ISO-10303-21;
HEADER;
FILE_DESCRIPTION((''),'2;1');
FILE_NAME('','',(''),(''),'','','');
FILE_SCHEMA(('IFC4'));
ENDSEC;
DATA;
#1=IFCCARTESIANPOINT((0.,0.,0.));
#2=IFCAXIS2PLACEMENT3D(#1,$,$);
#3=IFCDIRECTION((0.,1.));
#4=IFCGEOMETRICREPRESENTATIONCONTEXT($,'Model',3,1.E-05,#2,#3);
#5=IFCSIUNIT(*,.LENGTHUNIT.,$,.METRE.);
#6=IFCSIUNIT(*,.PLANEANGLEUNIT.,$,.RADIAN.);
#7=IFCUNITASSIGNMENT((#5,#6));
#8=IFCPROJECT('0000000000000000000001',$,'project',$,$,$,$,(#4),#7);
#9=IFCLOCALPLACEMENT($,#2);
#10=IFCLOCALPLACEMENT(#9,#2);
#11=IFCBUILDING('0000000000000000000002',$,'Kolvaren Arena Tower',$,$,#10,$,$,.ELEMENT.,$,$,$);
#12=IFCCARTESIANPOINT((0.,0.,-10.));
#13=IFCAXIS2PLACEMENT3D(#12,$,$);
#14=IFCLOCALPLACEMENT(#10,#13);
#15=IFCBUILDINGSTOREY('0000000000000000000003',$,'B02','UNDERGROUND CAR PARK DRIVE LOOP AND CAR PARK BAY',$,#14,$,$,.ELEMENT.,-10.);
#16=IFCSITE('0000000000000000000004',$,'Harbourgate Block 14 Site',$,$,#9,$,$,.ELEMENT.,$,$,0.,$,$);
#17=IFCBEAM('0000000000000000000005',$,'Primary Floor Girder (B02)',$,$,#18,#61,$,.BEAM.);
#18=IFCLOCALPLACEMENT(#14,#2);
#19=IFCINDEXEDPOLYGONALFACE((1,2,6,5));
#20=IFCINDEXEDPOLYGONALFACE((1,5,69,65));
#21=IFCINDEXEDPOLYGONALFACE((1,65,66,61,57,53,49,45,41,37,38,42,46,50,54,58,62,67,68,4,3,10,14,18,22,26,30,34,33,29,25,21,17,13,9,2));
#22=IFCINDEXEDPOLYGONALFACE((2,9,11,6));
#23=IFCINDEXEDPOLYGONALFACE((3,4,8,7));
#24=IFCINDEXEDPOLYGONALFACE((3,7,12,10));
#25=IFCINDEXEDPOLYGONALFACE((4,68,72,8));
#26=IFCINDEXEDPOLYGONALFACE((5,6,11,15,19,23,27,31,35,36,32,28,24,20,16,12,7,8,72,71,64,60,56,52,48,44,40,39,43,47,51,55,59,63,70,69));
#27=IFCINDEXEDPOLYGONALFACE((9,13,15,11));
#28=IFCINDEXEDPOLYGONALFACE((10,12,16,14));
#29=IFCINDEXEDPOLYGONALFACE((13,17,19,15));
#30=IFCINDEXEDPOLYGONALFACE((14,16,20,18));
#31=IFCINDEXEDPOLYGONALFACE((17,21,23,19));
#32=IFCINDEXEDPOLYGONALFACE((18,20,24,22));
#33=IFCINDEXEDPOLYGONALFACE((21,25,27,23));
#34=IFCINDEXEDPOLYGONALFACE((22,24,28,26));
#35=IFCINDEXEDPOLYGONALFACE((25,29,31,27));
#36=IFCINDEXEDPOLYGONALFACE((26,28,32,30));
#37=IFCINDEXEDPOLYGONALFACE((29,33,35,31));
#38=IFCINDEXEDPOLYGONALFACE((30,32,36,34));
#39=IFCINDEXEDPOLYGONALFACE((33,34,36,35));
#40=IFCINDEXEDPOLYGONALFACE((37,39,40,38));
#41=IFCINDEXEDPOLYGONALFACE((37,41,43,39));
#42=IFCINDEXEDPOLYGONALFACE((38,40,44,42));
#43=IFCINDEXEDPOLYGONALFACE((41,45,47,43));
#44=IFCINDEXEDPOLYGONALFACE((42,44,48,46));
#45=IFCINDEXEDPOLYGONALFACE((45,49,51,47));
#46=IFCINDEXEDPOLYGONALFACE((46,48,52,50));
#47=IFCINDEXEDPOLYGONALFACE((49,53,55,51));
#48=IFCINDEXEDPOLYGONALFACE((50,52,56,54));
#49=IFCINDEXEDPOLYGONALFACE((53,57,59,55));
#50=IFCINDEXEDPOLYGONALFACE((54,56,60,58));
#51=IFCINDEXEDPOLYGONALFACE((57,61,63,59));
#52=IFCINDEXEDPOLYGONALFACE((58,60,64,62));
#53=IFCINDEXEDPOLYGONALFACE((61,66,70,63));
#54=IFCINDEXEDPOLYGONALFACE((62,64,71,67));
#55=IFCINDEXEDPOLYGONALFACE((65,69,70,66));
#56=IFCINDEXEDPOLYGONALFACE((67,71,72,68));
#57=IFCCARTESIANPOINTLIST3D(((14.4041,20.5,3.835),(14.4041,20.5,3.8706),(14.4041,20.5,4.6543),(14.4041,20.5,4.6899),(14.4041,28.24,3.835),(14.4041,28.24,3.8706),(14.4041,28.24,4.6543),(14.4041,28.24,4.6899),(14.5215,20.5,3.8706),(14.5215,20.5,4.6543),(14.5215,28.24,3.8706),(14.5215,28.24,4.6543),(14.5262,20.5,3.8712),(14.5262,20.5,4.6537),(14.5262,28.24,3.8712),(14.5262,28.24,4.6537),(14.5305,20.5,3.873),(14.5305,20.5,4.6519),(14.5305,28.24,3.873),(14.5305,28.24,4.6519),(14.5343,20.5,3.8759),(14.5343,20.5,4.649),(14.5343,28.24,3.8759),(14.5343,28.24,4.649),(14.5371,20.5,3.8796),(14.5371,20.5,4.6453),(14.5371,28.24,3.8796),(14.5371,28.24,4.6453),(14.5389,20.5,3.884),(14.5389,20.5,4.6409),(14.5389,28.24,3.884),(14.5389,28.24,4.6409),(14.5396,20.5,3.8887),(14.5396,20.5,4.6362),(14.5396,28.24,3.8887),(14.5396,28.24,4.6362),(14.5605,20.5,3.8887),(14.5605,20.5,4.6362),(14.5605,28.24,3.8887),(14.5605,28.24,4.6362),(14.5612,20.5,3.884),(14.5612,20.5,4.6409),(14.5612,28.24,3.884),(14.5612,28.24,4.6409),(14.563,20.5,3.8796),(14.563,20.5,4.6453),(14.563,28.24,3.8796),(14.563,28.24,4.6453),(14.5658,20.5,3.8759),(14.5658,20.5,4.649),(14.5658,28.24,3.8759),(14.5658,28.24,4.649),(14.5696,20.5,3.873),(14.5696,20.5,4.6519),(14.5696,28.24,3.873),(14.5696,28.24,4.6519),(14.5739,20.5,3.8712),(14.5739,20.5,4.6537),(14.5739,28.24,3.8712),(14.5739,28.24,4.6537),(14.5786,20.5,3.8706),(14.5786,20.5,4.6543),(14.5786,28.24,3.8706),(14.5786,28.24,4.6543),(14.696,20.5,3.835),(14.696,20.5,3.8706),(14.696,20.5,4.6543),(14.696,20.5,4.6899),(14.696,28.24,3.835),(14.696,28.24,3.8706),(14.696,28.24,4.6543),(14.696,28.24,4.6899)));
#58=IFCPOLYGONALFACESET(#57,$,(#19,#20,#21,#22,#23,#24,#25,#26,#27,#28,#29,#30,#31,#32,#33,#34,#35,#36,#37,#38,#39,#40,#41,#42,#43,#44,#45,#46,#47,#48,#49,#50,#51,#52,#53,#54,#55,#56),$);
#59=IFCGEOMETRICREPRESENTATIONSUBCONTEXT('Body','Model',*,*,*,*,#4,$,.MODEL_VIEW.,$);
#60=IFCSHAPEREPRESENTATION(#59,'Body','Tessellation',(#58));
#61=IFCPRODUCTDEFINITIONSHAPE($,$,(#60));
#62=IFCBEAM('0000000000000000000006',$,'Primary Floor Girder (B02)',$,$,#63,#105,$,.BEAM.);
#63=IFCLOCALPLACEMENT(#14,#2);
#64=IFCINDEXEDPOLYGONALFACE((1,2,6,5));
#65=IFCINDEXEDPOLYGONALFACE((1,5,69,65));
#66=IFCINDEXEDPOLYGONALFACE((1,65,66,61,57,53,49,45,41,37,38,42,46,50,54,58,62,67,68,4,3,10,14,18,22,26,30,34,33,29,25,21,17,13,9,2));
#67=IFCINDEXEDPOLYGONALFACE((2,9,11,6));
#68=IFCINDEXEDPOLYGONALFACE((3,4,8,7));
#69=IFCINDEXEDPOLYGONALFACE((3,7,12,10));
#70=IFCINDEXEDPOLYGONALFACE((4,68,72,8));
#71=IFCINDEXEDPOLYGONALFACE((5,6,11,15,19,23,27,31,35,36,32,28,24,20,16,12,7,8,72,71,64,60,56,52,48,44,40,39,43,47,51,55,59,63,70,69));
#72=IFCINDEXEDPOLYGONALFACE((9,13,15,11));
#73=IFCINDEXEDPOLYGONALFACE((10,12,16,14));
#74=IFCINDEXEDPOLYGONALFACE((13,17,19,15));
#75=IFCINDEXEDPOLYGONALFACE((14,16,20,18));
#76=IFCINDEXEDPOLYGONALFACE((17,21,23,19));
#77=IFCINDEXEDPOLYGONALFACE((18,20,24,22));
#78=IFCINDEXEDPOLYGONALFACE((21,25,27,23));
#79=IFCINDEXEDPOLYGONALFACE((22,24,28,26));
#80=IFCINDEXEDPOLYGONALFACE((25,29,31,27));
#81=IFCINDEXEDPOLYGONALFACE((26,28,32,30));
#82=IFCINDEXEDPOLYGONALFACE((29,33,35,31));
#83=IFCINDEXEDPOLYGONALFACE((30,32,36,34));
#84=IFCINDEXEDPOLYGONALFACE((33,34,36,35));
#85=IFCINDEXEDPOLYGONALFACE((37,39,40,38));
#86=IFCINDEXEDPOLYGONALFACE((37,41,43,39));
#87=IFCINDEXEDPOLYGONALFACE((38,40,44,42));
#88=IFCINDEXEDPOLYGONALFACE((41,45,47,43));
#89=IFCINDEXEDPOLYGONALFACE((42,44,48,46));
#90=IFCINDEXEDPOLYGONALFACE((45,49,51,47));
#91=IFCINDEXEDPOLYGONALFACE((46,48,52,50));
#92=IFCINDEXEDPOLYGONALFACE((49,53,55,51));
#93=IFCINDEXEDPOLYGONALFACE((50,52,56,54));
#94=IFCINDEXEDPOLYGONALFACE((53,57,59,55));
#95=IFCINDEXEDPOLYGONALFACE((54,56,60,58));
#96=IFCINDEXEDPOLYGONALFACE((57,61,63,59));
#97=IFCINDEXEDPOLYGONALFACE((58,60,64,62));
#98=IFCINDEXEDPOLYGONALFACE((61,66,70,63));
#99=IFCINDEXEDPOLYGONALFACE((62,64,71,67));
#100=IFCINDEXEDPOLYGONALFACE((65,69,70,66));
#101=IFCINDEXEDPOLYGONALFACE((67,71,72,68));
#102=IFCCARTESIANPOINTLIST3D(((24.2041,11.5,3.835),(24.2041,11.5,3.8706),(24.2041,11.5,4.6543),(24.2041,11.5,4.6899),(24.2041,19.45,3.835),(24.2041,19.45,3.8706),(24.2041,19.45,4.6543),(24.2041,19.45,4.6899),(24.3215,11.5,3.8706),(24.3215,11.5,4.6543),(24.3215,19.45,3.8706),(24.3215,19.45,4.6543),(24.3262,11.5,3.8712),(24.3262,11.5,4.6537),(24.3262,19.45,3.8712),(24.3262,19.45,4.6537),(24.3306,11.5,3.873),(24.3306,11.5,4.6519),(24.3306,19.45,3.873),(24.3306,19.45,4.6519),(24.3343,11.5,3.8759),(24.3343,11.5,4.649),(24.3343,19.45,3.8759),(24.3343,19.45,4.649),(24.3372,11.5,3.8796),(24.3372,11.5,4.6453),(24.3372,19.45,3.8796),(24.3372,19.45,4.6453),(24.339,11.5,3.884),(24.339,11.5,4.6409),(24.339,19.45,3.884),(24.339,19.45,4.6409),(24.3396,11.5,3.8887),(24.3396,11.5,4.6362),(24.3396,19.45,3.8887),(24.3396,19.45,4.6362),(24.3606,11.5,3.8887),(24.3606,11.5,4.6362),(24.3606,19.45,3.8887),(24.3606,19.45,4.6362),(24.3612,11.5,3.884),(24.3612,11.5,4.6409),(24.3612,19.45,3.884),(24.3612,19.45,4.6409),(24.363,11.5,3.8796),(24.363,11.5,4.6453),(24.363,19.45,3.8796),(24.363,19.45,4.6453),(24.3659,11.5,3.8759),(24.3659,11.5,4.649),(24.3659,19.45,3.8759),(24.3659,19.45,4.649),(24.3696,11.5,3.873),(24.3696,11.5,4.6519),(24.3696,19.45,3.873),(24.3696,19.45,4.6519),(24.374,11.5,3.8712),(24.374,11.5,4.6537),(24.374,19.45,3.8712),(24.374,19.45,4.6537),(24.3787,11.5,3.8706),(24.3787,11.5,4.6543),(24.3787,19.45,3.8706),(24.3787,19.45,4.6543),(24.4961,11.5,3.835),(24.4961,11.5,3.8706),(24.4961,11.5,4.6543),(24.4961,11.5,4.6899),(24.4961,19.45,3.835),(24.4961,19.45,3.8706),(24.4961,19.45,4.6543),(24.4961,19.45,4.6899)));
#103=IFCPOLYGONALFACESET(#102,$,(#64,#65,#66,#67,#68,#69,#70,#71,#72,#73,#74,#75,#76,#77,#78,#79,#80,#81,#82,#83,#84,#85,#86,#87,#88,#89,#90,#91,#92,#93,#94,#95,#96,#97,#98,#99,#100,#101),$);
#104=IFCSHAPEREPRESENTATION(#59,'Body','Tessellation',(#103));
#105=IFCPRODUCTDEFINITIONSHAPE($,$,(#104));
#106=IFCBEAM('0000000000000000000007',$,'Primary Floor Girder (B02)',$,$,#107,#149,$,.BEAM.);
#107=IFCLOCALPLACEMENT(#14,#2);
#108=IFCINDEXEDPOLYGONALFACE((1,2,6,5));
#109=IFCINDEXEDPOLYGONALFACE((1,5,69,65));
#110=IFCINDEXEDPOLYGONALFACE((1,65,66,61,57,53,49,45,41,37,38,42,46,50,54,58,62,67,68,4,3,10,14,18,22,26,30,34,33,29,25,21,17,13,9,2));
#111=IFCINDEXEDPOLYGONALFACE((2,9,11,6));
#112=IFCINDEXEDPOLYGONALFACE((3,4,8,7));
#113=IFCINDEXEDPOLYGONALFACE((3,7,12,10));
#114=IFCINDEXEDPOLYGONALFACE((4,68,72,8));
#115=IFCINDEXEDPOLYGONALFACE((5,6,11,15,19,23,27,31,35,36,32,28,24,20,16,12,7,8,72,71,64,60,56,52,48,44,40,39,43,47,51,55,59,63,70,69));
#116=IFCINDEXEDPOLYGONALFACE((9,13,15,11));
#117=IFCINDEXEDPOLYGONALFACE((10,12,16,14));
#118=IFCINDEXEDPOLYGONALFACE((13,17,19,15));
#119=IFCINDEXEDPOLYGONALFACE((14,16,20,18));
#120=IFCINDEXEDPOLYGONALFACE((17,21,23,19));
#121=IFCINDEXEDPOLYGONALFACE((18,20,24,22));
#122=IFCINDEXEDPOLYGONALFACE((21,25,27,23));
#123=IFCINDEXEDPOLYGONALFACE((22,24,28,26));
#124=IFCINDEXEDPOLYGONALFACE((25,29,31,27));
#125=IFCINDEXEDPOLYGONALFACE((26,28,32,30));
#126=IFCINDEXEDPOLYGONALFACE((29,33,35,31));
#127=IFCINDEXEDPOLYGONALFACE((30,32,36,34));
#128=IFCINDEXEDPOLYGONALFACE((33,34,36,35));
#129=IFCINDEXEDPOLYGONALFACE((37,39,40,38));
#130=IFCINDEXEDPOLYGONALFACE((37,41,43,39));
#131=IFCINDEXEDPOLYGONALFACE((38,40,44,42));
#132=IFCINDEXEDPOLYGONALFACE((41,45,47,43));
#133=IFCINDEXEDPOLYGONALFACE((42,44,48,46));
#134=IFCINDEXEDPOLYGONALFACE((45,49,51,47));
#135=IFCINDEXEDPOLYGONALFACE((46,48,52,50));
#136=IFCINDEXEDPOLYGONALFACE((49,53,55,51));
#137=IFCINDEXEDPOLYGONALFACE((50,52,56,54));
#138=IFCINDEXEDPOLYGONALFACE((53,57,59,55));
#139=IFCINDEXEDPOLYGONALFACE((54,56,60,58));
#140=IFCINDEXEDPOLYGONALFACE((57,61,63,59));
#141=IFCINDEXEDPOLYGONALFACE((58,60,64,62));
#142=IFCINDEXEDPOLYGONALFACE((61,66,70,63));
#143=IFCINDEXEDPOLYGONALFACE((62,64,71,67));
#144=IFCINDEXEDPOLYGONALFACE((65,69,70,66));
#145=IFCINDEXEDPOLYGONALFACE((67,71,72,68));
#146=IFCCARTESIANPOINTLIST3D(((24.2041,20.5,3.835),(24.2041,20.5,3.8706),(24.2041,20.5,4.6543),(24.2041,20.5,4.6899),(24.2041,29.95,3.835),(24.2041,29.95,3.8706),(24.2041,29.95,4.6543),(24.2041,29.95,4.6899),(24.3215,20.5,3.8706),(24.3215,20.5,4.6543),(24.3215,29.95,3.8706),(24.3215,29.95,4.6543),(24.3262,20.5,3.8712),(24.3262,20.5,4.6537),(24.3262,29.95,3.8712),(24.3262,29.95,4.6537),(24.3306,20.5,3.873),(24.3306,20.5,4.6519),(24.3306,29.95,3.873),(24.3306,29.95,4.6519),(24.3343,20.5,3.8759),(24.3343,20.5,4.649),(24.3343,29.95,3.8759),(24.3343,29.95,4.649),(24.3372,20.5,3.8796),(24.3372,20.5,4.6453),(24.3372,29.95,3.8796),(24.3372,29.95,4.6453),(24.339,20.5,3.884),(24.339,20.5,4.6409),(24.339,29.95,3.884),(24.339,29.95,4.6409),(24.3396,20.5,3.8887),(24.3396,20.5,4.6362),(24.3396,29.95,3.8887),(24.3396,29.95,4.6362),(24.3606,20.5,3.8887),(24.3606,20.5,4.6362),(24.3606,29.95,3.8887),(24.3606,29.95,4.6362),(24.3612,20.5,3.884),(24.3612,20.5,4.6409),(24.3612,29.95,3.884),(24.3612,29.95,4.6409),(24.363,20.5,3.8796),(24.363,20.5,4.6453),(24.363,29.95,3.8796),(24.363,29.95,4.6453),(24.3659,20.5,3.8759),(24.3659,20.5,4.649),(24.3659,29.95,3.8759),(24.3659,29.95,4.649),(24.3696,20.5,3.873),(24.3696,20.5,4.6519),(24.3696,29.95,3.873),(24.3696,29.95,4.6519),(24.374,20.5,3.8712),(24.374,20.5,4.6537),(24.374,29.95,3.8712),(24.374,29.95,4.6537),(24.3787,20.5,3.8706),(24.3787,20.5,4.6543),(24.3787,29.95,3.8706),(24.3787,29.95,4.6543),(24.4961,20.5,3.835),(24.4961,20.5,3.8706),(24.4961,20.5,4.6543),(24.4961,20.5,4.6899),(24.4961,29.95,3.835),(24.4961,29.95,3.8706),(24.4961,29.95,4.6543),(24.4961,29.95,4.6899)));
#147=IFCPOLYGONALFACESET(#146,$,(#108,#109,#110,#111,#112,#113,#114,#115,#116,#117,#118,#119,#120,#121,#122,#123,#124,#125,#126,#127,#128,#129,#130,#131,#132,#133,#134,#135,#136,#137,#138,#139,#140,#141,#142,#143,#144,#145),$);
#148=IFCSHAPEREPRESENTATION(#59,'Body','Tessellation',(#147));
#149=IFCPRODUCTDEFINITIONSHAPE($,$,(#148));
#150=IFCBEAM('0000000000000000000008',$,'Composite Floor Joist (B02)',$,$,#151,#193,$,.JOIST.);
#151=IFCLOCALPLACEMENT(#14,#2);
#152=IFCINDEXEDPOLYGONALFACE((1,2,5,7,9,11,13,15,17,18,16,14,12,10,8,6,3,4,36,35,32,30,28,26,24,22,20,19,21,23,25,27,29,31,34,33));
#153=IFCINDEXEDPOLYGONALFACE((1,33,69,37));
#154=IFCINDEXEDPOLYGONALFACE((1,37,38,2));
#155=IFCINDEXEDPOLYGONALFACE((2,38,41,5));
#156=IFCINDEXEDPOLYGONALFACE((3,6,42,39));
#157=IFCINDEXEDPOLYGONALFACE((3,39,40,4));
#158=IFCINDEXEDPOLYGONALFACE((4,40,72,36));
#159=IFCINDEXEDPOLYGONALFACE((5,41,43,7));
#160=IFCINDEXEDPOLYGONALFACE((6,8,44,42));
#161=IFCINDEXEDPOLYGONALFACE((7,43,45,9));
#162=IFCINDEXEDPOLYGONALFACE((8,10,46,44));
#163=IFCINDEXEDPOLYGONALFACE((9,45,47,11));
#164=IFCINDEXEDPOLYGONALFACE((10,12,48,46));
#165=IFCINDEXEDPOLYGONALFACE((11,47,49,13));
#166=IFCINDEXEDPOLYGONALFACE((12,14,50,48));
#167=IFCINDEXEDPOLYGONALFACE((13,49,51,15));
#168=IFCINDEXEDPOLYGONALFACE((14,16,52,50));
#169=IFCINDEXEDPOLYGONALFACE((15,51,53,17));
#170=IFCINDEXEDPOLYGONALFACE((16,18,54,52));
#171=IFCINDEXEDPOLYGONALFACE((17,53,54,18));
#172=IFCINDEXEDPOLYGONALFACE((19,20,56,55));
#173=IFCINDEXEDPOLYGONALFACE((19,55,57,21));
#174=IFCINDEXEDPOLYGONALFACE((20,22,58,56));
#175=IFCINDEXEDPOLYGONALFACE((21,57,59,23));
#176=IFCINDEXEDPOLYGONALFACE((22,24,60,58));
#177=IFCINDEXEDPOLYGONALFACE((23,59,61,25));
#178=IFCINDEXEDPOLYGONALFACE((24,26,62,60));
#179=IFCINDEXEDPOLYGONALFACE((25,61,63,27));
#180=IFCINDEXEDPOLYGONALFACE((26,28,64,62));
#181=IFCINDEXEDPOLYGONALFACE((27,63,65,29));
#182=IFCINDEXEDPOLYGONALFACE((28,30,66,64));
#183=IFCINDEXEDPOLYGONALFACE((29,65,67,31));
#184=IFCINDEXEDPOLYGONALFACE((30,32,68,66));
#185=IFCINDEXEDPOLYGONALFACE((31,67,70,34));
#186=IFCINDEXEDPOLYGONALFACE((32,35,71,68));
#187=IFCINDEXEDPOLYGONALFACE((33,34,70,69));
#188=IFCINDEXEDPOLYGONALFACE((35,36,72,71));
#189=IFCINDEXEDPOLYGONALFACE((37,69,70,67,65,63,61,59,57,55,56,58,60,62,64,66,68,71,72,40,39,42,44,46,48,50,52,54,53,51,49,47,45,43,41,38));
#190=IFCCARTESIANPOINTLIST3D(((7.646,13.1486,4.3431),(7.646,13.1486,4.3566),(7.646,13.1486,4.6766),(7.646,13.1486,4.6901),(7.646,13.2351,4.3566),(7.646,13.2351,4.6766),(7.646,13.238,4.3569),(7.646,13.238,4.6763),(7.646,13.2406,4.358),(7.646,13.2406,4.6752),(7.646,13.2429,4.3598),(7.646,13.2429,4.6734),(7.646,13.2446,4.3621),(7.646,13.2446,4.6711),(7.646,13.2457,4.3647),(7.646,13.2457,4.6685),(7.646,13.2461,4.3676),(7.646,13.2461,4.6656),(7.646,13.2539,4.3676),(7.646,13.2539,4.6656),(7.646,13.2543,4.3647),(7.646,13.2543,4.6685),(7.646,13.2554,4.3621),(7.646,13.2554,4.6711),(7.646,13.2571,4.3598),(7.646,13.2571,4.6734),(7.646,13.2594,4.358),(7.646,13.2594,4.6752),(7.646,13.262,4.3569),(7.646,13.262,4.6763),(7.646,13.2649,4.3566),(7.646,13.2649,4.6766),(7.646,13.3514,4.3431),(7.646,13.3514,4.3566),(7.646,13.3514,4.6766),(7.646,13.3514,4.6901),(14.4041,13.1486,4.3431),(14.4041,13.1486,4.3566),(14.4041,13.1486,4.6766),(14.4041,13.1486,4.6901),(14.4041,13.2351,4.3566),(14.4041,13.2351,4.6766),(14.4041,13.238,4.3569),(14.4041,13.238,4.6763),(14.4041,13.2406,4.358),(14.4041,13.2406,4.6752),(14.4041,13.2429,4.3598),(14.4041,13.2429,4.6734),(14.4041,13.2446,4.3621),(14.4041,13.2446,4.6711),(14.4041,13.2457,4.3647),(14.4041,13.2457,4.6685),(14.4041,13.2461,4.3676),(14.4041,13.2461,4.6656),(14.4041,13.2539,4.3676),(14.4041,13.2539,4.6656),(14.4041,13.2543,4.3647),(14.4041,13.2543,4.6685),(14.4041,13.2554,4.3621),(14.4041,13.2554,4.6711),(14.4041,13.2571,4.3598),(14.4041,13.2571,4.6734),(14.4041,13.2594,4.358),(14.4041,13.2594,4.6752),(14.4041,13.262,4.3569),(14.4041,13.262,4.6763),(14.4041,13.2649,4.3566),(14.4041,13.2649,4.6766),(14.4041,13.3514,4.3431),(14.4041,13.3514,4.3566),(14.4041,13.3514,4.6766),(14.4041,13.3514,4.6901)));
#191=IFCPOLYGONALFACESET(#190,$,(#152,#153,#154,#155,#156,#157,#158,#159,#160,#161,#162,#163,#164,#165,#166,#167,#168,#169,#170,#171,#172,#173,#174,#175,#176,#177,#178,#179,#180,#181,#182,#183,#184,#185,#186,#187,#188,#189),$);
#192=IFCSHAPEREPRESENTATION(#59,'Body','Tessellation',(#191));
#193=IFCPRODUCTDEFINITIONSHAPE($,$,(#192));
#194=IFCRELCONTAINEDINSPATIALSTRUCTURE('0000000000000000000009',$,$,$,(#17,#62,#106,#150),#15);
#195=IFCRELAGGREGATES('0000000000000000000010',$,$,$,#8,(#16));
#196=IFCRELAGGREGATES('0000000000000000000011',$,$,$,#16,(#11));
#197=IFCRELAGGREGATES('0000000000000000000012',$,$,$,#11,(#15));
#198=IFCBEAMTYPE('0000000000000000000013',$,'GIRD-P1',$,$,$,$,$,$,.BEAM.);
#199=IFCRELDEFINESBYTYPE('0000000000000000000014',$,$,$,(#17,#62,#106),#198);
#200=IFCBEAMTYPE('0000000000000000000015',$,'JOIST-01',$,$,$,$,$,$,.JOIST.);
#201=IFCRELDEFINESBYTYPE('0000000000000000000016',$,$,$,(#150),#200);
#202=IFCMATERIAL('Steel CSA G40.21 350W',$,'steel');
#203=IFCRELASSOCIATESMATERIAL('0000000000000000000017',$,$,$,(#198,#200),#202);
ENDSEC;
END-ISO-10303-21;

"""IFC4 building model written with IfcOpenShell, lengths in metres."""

from ifc_helpers import new_model, si_unit, direction, frame, origin, origin_2d, place, context, subcontext, project, spatial, i_section, extrude, material, material_profile, profile_set, type_object, element, save


model = new_model("IFC4")

# Units and contexts
model_context = context("Model", 3, precision=1e-05, world=origin(), true_north=direction((0.0, 1.0)))
body_context = subcontext(model_context, "Body", "Model", "MODEL_VIEW")
ifc_project = project(units=[si_unit("LENGTHUNIT", "METRE"), si_unit("PLANEANGLEUNIT", "RADIAN")], contexts=[model_context])

# Site, building, storey
site_placement = place(None, origin())
site = spatial("IfcSite", under=ifc_project, at=site_placement, Name="Harbourgate Block 14 Site", CompositionType="ELEMENT", RefElevation=0.0)
building_placement = place(site_placement, origin())
building = spatial("IfcBuilding", under=site, at=building_placement, Name="Kolvaren Arena Tower", CompositionType="ELEMENT")
storey_placement = place(building_placement, frame((0.0, 0.0, -10.0)))
storey = spatial("IfcBuildingStorey", under=building, at=storey_placement, Name="B02", Description="UNDERGROUND CAR PARK DRIVE LOOP AND CAR PARK BAY", CompositionType="ELEMENT", Elevation=-10.0)

# Beams
ifc_material_1 = material(Name="Steel CSA G40.21 350W", Category="steel")
ifc_material_profile_1 = material_profile(ifc_material_1, i_section(OverallWidth=0.292, OverallDepth=0.855, WebThickness=0.021, FlangeThickness=0.0356, FilletRadius=0.0181, at=origin_2d()), Name="W840x299")
ifc_profile_set_1 = profile_set([ifc_material_profile_1], Name="Steel CSA G40.21 350W")
beam_type_1 = type_object("IfcBeamType", Name="GIRD-P1", PredefinedType="BEAM", material=ifc_profile_set_1)
beam_1_placement = place(storey_placement, frame((14.55, 20.5, 4.2625), z_axis=(0.0, 1.0, 0.0), x_axis=(-1.0, 0.0, 0.0)))
element("IfcBeam", 1, at=beam_1_placement, inside=storey, type_object=beam_type_1, Name="Primary Floor Girder (B02)", PredefinedType="BEAM", context=body_context, shape_type="SweptSolid", body=[
    extrude(i_section(OverallWidth=0.292, OverallDepth=0.855, WebThickness=0.021, FlangeThickness=0.0356, FilletRadius=0.0181, at=origin_2d()), origin(), (0.0, 0.0, 1.0), 7.74),
])
beam_2_placement = place(storey_placement, frame((24.3501, 11.5, 4.2625), z_axis=(0.0, 1.0, 0.0), x_axis=(-1.0, 0.0, 0.0)))
element("IfcBeam", 2, at=beam_2_placement, inside=storey, type_object=beam_type_1, Name="Primary Floor Girder (B02)", PredefinedType="BEAM", context=body_context, shape_type="SweptSolid", body=[
    extrude(i_section(OverallWidth=0.292, OverallDepth=0.855, WebThickness=0.021, FlangeThickness=0.0356, FilletRadius=0.0181, at=origin_2d()), origin(), (0.0, 0.0, 1.0), 7.95),
])
beam_3_placement = place(storey_placement, frame((24.3501, 20.5, 4.2625), z_axis=(0.0, 1.0, 0.0), x_axis=(-1.0, 0.0, 0.0)))
element("IfcBeam", 3, at=beam_3_placement, inside=storey, type_object=beam_type_1, Name="Primary Floor Girder (B02)", PredefinedType="BEAM", context=body_context, shape_type="SweptSolid", body=[
    extrude(i_section(OverallWidth=0.292, OverallDepth=0.855, WebThickness=0.021, FlangeThickness=0.0356, FilletRadius=0.0181, at=origin_2d()), origin(), (0.0, 0.0, 1.0), 9.45),
])
ifc_material_profile_2 = material_profile(ifc_material_1, i_section(OverallWidth=0.2029, OverallDepth=0.3469, WebThickness=0.0078, FlangeThickness=0.0134, FilletRadius=0.011, at=origin_2d()), Name="W360x64")
ifc_profile_set_2 = profile_set([ifc_material_profile_2], Name="Steel CSA G40.21 350W")
beam_type_2 = type_object("IfcBeamType", Name="JOIST-01", PredefinedType="JOIST", material=ifc_profile_set_2)
beam_4_placement = place(storey_placement, frame((7.646, 13.25, 4.5166), z_axis=(1.0, 0.0, 0.0), x_axis=(0.0, 1.0, 0.0)))
element("IfcBeam", 4, at=beam_4_placement, inside=storey, type_object=beam_type_2, Name="Composite Floor Joist (B02)", PredefinedType="JOIST", context=body_context, shape_type="SweptSolid", body=[
    extrude(i_section(OverallWidth=0.2029, OverallDepth=0.3469, WebThickness=0.0078, FlangeThickness=0.0134, FilletRadius=0.011, at=origin_2d()), origin(), (0.0, 0.0, 1.0), 6.7581),
])

save(model, "model.ifc")
